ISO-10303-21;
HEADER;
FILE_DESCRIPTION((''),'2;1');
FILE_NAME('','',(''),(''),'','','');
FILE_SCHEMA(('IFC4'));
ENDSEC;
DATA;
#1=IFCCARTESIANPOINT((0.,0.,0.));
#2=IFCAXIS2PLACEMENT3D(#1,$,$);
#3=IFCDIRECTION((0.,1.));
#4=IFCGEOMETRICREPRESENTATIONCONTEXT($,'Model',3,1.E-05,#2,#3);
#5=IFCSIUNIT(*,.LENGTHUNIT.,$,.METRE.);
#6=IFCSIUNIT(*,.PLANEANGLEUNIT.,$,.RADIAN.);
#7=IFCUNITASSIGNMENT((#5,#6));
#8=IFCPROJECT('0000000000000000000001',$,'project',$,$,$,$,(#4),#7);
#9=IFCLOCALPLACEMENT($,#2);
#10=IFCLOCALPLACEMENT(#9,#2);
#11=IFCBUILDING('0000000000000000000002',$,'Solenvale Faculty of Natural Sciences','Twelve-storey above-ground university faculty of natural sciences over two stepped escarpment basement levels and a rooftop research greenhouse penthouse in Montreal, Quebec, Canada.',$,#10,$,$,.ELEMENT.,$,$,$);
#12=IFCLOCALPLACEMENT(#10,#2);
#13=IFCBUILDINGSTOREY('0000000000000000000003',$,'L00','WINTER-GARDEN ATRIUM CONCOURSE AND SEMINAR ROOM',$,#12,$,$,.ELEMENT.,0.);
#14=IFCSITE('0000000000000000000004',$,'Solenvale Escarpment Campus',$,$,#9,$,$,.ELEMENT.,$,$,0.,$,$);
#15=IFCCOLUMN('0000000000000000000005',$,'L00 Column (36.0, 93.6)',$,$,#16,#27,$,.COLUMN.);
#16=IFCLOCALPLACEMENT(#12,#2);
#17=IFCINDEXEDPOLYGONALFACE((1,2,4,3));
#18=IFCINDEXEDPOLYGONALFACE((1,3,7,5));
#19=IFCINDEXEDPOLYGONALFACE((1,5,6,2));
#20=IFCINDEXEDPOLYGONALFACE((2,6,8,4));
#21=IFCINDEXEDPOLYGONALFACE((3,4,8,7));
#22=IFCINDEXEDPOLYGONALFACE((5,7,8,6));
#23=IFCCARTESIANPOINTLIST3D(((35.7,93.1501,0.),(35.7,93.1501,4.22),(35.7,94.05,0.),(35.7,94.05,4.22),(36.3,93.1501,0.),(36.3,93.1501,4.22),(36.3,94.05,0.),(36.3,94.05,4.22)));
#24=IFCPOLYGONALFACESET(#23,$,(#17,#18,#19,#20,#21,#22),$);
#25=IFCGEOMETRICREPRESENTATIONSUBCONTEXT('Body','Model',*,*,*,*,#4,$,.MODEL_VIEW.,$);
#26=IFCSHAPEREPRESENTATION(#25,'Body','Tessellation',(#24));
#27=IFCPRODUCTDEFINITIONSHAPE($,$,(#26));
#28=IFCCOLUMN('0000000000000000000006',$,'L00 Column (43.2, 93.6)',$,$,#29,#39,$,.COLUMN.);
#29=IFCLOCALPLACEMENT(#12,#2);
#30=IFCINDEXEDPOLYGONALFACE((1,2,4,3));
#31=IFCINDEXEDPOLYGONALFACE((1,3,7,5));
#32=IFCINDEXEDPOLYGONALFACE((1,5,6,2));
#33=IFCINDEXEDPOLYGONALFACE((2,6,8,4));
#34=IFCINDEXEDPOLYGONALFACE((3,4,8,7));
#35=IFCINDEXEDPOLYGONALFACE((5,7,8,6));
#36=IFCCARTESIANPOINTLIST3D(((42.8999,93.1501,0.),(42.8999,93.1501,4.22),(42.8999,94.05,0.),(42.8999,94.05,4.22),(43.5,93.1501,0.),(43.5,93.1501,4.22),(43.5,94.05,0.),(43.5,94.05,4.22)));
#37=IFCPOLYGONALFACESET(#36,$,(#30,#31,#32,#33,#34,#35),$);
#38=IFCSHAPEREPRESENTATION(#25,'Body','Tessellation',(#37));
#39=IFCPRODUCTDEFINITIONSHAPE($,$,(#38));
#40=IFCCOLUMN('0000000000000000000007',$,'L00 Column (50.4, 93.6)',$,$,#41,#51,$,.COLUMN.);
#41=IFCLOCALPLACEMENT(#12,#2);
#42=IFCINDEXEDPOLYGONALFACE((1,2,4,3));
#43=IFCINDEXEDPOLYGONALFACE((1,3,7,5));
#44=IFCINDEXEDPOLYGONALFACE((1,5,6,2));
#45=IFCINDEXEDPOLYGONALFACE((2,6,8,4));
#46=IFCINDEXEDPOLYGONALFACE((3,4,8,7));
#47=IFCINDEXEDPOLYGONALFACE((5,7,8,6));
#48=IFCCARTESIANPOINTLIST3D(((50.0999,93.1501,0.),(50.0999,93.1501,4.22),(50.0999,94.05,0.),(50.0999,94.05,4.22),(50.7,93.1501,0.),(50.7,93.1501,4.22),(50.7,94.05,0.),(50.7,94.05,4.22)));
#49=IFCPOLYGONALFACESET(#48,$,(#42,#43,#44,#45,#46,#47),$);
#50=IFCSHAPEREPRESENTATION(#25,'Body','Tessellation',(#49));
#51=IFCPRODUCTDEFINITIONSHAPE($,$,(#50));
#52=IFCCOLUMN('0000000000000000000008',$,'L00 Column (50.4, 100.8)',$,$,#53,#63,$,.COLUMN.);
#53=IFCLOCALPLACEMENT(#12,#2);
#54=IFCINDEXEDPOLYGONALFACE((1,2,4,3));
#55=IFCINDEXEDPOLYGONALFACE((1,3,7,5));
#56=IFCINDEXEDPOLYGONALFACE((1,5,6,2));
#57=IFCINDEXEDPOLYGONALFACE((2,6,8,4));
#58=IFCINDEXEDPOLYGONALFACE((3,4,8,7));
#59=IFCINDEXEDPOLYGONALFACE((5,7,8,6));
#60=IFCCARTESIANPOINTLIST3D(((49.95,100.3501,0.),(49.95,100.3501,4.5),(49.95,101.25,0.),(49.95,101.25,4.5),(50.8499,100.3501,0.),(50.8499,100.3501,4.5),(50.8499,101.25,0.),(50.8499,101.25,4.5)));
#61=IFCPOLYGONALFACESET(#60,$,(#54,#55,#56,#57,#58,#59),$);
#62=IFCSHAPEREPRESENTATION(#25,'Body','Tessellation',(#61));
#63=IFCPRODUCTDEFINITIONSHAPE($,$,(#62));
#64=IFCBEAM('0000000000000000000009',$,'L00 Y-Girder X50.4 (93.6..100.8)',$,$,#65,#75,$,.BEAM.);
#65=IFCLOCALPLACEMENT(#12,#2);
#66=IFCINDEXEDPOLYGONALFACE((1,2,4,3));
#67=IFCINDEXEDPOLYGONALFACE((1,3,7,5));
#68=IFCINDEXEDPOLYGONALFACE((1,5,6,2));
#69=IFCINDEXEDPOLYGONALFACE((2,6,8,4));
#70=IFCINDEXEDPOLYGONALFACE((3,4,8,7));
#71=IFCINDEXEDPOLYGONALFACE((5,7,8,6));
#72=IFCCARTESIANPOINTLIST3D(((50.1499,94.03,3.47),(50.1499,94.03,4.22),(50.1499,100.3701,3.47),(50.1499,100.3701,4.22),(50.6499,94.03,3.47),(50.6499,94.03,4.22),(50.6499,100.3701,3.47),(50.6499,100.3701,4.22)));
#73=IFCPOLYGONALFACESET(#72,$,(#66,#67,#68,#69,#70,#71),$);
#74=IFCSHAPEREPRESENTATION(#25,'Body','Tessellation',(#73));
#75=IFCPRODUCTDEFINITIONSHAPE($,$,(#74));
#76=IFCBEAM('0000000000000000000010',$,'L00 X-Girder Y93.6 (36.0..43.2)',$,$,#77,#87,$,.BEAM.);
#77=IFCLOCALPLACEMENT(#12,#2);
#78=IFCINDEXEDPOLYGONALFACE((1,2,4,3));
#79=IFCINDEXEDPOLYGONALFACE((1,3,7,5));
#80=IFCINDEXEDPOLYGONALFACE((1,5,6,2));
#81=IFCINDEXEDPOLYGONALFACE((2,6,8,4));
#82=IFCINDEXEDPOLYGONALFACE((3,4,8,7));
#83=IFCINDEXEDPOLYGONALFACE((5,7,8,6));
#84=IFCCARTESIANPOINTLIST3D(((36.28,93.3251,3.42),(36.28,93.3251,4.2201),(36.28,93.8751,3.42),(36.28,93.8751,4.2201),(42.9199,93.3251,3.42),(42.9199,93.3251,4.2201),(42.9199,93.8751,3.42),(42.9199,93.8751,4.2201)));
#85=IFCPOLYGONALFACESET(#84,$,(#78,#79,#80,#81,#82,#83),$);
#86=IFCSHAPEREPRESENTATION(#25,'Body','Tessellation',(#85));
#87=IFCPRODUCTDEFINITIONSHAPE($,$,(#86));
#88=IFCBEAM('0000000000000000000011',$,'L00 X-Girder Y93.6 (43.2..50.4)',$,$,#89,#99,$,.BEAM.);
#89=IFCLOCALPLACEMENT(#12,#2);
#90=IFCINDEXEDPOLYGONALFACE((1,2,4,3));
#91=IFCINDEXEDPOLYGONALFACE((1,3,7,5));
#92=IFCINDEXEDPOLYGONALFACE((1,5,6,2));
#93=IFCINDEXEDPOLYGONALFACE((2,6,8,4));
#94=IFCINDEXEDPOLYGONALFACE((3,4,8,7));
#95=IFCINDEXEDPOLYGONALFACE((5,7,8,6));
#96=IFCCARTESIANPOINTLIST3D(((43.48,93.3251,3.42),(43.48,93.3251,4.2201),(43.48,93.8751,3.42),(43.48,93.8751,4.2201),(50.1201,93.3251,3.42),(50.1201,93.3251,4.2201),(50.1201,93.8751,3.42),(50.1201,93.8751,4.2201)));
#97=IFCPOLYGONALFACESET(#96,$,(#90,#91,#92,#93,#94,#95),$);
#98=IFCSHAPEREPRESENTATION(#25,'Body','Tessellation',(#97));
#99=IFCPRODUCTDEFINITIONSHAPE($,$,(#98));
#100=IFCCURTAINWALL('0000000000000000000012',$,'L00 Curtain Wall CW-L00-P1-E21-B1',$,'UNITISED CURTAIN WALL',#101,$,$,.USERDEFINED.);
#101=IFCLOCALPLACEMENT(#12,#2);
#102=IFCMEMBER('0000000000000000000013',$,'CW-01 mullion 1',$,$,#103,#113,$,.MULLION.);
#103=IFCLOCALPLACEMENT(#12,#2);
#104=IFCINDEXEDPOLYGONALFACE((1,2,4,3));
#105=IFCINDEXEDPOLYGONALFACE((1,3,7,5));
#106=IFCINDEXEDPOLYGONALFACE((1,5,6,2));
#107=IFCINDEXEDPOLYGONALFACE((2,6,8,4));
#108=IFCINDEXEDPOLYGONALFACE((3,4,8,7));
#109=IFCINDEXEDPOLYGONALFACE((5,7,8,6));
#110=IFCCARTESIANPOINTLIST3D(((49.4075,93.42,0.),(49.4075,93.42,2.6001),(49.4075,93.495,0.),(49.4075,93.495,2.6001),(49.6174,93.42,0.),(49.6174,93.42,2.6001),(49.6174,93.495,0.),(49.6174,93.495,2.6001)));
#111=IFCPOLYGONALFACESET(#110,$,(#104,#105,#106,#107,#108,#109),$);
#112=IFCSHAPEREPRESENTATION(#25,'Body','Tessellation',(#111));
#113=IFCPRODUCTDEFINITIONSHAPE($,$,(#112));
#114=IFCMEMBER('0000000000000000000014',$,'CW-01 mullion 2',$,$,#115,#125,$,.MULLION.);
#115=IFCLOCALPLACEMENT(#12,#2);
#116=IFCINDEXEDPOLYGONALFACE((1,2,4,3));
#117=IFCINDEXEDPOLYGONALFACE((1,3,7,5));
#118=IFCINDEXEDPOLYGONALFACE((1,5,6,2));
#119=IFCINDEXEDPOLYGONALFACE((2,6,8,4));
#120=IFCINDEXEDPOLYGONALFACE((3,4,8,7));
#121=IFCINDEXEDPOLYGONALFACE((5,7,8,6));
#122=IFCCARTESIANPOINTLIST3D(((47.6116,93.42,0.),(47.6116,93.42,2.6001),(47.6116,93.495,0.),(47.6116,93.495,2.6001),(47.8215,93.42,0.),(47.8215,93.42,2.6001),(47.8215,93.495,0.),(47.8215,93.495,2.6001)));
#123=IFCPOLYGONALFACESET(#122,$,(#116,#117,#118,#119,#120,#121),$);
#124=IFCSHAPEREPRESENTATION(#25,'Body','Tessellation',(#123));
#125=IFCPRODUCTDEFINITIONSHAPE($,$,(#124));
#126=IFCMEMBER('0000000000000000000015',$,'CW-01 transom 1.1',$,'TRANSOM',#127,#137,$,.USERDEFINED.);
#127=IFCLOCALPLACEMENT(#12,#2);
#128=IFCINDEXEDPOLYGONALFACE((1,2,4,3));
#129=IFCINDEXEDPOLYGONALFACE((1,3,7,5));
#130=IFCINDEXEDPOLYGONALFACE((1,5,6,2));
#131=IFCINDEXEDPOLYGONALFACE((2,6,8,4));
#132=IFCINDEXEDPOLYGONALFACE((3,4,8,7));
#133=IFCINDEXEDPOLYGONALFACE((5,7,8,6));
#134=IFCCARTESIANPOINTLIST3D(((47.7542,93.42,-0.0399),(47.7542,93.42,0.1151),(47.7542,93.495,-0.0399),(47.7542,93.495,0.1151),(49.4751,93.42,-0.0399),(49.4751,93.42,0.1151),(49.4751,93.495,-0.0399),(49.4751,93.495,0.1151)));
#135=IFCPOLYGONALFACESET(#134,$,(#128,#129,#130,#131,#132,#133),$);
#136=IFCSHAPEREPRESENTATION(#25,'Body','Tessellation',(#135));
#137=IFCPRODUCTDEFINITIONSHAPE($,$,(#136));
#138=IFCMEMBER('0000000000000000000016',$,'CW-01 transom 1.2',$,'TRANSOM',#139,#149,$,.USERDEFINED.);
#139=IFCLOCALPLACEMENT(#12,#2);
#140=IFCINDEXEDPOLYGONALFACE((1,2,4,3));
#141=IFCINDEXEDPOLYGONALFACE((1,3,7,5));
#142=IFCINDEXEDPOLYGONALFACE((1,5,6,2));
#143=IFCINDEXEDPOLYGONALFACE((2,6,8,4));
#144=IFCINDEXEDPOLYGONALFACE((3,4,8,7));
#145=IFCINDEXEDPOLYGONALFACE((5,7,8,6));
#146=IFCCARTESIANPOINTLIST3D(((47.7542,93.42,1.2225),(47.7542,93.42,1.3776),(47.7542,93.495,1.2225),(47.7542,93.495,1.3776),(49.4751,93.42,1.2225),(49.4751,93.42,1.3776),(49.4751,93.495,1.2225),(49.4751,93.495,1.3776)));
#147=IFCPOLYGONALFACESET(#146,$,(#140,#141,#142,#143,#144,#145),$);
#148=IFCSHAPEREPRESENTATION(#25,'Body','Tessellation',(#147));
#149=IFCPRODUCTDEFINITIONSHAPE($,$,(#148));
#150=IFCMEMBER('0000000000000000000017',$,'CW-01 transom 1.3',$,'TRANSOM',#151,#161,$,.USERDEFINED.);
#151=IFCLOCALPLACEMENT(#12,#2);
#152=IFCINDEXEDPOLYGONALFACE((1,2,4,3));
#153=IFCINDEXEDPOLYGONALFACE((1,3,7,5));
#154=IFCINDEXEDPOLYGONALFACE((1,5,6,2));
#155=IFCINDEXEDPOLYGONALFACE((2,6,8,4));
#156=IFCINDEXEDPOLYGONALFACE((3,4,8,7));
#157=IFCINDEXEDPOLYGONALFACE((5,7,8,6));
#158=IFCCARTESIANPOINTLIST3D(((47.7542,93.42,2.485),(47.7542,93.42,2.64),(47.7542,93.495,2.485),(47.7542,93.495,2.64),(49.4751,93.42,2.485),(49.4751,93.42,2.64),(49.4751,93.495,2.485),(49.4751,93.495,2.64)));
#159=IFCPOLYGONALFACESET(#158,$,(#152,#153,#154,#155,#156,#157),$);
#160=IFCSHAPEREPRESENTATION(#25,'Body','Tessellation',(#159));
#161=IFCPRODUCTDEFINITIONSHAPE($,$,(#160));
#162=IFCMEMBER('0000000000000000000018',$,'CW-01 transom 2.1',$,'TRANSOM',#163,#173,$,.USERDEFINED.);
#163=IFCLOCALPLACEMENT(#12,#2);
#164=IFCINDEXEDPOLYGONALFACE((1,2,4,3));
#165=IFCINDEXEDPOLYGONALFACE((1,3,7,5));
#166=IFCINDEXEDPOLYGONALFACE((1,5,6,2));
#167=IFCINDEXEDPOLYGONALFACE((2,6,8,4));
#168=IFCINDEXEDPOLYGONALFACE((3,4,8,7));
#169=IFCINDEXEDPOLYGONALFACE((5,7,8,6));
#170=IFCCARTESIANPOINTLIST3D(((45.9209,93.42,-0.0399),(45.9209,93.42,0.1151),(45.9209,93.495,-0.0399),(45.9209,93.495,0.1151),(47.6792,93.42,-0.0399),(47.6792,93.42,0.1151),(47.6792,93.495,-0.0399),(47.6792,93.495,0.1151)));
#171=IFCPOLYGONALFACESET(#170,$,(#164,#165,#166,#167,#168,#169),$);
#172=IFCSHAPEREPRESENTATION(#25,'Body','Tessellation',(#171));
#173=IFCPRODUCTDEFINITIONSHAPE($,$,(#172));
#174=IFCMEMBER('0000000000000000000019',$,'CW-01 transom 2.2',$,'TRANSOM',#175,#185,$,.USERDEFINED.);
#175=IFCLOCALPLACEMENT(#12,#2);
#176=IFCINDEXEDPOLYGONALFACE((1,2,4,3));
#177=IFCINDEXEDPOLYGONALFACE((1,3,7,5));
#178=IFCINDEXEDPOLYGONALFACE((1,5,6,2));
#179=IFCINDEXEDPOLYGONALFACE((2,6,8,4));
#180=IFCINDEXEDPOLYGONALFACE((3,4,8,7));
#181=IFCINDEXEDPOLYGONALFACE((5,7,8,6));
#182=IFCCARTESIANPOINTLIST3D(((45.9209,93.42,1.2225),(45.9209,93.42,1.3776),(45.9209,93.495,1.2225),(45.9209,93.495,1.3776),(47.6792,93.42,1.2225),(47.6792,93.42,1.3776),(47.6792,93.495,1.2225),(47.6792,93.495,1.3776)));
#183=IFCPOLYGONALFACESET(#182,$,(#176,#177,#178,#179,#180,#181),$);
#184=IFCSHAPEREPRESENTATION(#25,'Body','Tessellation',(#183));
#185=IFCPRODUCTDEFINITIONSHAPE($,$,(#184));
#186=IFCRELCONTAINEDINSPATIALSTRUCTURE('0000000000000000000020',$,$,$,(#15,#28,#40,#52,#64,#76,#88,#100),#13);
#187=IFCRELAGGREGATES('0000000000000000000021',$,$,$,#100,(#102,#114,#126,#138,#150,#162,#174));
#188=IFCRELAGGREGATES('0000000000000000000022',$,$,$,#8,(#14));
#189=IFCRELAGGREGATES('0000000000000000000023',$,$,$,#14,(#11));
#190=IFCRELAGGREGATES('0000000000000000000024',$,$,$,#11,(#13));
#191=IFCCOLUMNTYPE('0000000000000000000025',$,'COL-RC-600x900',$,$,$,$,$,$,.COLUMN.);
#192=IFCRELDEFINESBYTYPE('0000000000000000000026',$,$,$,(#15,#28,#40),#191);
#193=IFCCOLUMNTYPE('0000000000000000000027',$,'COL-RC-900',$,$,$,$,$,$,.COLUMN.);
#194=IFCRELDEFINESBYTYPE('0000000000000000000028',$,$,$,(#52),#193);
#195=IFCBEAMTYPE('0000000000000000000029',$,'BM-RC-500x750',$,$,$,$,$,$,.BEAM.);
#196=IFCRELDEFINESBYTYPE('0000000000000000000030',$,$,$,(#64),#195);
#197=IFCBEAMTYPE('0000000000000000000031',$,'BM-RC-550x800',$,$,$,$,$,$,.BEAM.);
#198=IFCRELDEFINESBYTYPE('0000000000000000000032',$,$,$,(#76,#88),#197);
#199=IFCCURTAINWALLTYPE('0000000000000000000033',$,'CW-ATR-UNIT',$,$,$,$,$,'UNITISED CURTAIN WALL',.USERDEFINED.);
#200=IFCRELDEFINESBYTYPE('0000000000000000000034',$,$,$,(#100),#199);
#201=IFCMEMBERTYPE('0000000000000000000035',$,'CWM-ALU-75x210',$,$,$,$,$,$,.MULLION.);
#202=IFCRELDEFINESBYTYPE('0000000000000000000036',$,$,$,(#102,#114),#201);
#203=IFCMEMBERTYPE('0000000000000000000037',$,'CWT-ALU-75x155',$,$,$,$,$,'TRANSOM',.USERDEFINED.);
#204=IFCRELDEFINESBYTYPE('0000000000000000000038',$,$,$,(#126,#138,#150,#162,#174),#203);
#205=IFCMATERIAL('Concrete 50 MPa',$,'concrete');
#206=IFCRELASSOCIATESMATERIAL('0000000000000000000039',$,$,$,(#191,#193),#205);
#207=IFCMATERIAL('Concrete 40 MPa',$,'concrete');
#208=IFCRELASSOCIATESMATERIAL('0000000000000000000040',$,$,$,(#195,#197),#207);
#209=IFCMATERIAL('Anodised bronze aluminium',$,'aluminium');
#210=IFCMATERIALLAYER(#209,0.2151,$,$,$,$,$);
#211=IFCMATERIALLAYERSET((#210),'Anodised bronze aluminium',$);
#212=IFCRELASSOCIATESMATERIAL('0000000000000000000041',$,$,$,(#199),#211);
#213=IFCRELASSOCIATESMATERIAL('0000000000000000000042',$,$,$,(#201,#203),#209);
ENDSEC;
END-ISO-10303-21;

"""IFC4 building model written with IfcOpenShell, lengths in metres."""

from ifc_helpers import new_model, si_unit, direction, frame, origin, origin_2d, place, context, subcontext, project, spatial, rectangle, extrude, material, layer, layer_set, material_profile, profile_set, type_object, element, aggregate, save


model = new_model("IFC4")

# Units and contexts
model_context = context("Model", 3, precision=1e-05, world=origin(), true_north=direction((0.0, 1.0)))
body_context = subcontext(model_context, "Body", "Model", "MODEL_VIEW")
ifc_project = project(units=[si_unit("LENGTHUNIT", "METRE"), si_unit("PLANEANGLEUNIT", "RADIAN")], contexts=[model_context])

# Site, building, storey
site_placement = place(None, origin())
site = spatial("IfcSite", under=ifc_project, at=site_placement, Name="Solenvale Escarpment Campus", CompositionType="ELEMENT", RefElevation=0.0)
building_placement = place(site_placement, origin())
building = spatial("IfcBuilding", under=site, at=building_placement, Name="Solenvale Faculty of Natural Sciences", Description="Twelve-storey above-ground university faculty of natural sciences over two stepped escarpment basement levels and a rooftop research greenhouse penthouse in Montreal, Quebec, Canada.", CompositionType="ELEMENT")
storey_placement = place(building_placement, origin())
storey = spatial("IfcBuildingStorey", under=building, at=storey_placement, Name="L00", Description="WINTER-GARDEN ATRIUM CONCOURSE AND SEMINAR ROOM", CompositionType="ELEMENT", Elevation=0.0)

# Columns
ifc_material_1 = material(Name="Concrete 50 MPa", Category="concrete")
ifc_material_profile_1 = material_profile(ifc_material_1, rectangle(XDim=0.6001, YDim=0.8999, at=origin_2d()), Name="RC-COL-600x900")
ifc_profile_set_1 = profile_set([ifc_material_profile_1], Name="Concrete 50 MPa")
column_type_1 = type_object("IfcColumnType", Name="COL-RC-600x900", PredefinedType="COLUMN", material=ifc_profile_set_1)
for number, where, z_axis, x_axis, name in (
    (1, (36.0, 93.6001, 0.0), (0.0, 0.0, 1.0), (1.0, 0.0, 0.0), "L00 Column (36.0, 93.6)"),
    (2, (43.2, 93.6001, 0.0), (0.0, 0.0, 1.0), (1.0, 0.0, 0.0), "L00 Column (43.2, 93.6)"),
    (3, (50.3999, 93.6001, 0.0), (0.0, 0.0, 1.0), (1.0, 0.0, 0.0), "L00 Column (50.4, 93.6)"),
):
    element("IfcColumn", number, at=place(storey_placement, frame(where, z_axis=z_axis, x_axis=x_axis)), inside=storey, type_object=column_type_1, Name=name, PredefinedType="COLUMN", context=body_context, shape_type="SweptSolid", body=[
        extrude(rectangle(XDim=0.6001, YDim=0.8999, at=origin_2d()), origin(), (0.0, 0.0, 1.0), 4.22),
    ])
ifc_material_profile_2 = material_profile(ifc_material_1, rectangle(XDim=0.8999, YDim=0.8999, at=origin_2d()), Name="RC-COL-900x900")
ifc_profile_set_2 = profile_set([ifc_material_profile_2], Name="Concrete 50 MPa")
column_type_2 = type_object("IfcColumnType", Name="COL-RC-900", PredefinedType="COLUMN", material=ifc_profile_set_2)
column_placement = place(storey_placement, frame((50.3999, 100.8, 0.0), z_axis=(0.0, 0.0, 1.0), x_axis=(1.0, 0.0, 0.0)))
element("IfcColumn", 4, at=column_placement, inside=storey, type_object=column_type_2, Name="L00 Column (50.4, 100.8)", PredefinedType="COLUMN", context=body_context, shape_type="SweptSolid", body=[
    extrude(rectangle(XDim=0.8999, YDim=0.8999, at=origin_2d()), origin(), (0.0, 0.0, 1.0), 4.5),
])

# Beams
ifc_material_2 = material(Name="Concrete 40 MPa", Category="concrete")
ifc_material_profile_3 = material_profile(ifc_material_2, rectangle(XDim=0.5, YDim=0.75, at=origin_2d()), Name="RC-BM-500x750")
ifc_profile_set_3 = profile_set([ifc_material_profile_3], Name="Concrete 40 MPa")
beam_type_1 = type_object("IfcBeamType", Name="BM-RC-500x750", PredefinedType="BEAM", material=ifc_profile_set_3)
beam_1_placement = place(storey_placement, frame((50.3999, 94.03, 3.845), z_axis=(0.0, 1.0, 0.0), x_axis=(-1.0, 0.0, 0.0)))
element("IfcBeam", 5, at=beam_1_placement, inside=storey, type_object=beam_type_1, Name="L00 Y-Girder X50.4 (93.6..100.8)", PredefinedType="BEAM", context=body_context, shape_type="SweptSolid", body=[
    extrude(rectangle(XDim=0.5, YDim=0.75, at=origin_2d()), origin(), (0.0, 0.0, 1.0), 6.3401),
])
ifc_material_profile_4 = material_profile(ifc_material_2, rectangle(XDim=0.55, YDim=0.8, at=origin_2d()), Name="RC-BM-550x800")
ifc_profile_set_4 = profile_set([ifc_material_profile_4], Name="Concrete 40 MPa")
beam_type_2 = type_object("IfcBeamType", Name="BM-RC-550x800", PredefinedType="BEAM", material=ifc_profile_set_4)
beam_2_placement = place(storey_placement, frame((36.28, 93.6001, 3.8201), z_axis=(1.0, 0.0, 0.0), x_axis=(0.0, 1.0, 0.0)))
element("IfcBeam", 6, at=beam_2_placement, inside=storey, type_object=beam_type_2, Name="L00 X-Girder Y93.6 (36.0..43.2)", PredefinedType="BEAM", context=body_context, shape_type="SweptSolid", body=[
    extrude(rectangle(XDim=0.55, YDim=0.8, at=origin_2d()), origin(), (0.0, 0.0, 1.0), 6.6399),
])
beam_3_placement = place(storey_placement, frame((43.48, 93.6001, 3.8201), z_axis=(1.0, 0.0, 0.0), x_axis=(0.0, 1.0, 0.0)))
element("IfcBeam", 7, at=beam_3_placement, inside=storey, type_object=beam_type_2, Name="L00 X-Girder Y93.6 (43.2..50.4)", PredefinedType="BEAM", context=body_context, shape_type="SweptSolid", body=[
    extrude(rectangle(XDim=0.55, YDim=0.8, at=origin_2d()), origin(), (0.0, 0.0, 1.0), 6.6401),
])

# Curtain wall, members
ifc_material_3 = material(Name="Anodised bronze aluminium", Category="aluminium")
ifc_layer_1 = layer(ifc_material_3, 0.2151)
ifc_layer_set_1 = layer_set([ifc_layer_1], Name="Anodised bronze aluminium")
curtain_wall_type = type_object("IfcCurtainWallType", Name="CW-ATR-UNIT", ElementType="UNITISED CURTAIN WALL", PredefinedType="USERDEFINED", material=ifc_layer_set_1)
curtain_wall_placement = place(storey_placement, origin())
curtain_wall = element("IfcCurtainWall", 8, at=curtain_wall_placement, inside=storey, type_object=curtain_wall_type, Name="L00 Curtain Wall CW-L00-P1-E21-B1", ObjectType="UNITISED CURTAIN WALL", PredefinedType="USERDEFINED")
ifc_material_profile_5 = material_profile(ifc_material_3, rectangle(XDim=0.075, YDim=0.21, at=origin_2d()), Name="ALU-MUL-75x210")
ifc_profile_set_5 = profile_set([ifc_material_profile_5], Name="Anodised bronze aluminium")
member_type_1 = type_object("IfcMemberType", Name="CWM-ALU-75x210", PredefinedType="MULLION", material=ifc_profile_set_5)
member_1_placement = place(storey_placement, frame((49.5125, 93.4575, 0.0), z_axis=(0.0, 0.0, 1.0), x_axis=(0.0, -1.0, 0.0)))
member_1 = element("IfcMember", 9, at=member_1_placement, type_object=member_type_1, Name="CW-01 mullion 1", PredefinedType="MULLION", context=body_context, shape_type="SweptSolid", body=[
    extrude(rectangle(XDim=0.075, YDim=0.21, at=origin_2d()), origin(), (0.0, 0.0, 1.0), 2.6001),
])
member_2_placement = place(storey_placement, frame((47.7166, 93.4575, 0.0), z_axis=(0.0, 0.0, 1.0), x_axis=(0.0, -1.0, 0.0)))
member_2 = element("IfcMember", 10, at=member_2_placement, type_object=member_type_1, Name="CW-01 mullion 2", PredefinedType="MULLION", context=body_context, shape_type="SweptSolid", body=[
    extrude(rectangle(XDim=0.075, YDim=0.21, at=origin_2d()), origin(), (0.0, 0.0, 1.0), 2.6001),
])
ifc_material_profile_6 = material_profile(ifc_material_3, rectangle(XDim=0.075, YDim=0.155, at=origin_2d()), Name="ALU-TRN-75x155")
ifc_profile_set_6 = profile_set([ifc_material_profile_6], Name="Anodised bronze aluminium")
member_type_2 = type_object("IfcMemberType", Name="CWT-ALU-75x155", ElementType="TRANSOM", PredefinedType="USERDEFINED", material=ifc_profile_set_6)
member_3_placement = place(storey_placement, frame((49.4751, 93.4575, 0.0376), z_axis=(-1.0, 0.0, 0.0), x_axis=(0.0, -1.0, 0.0)))
member_3 = element("IfcMember", 11, at=member_3_placement, type_object=member_type_2, Name="CW-01 transom 1.1", ObjectType="TRANSOM", PredefinedType="USERDEFINED", context=body_context, shape_type="SweptSolid", body=[
    extrude(rectangle(XDim=0.075, YDim=0.155, at=origin_2d()), origin(), (0.0, 0.0, 1.0), 1.7209),
])
member_4_placement = place(storey_placement, frame((49.4751, 93.4575, 1.3), z_axis=(-1.0, 0.0, 0.0), x_axis=(0.0, -1.0, 0.0)))
member_4 = element("IfcMember", 12, at=member_4_placement, type_object=member_type_2, Name="CW-01 transom 1.2", ObjectType="TRANSOM", PredefinedType="USERDEFINED", context=body_context, shape_type="SweptSolid", body=[
    extrude(rectangle(XDim=0.075, YDim=0.155, at=origin_2d()), origin(), (0.0, 0.0, 1.0), 1.7209),
])
member_5_placement = place(storey_placement, frame((49.4751, 93.4575, 2.5625), z_axis=(-1.0, 0.0, 0.0), x_axis=(0.0, -1.0, 0.0)))
member_5 = element("IfcMember", 13, at=member_5_placement, type_object=member_type_2, Name="CW-01 transom 1.3", ObjectType="TRANSOM", PredefinedType="USERDEFINED", context=body_context, shape_type="SweptSolid", body=[
    extrude(rectangle(XDim=0.075, YDim=0.155, at=origin_2d()), origin(), (0.0, 0.0, 1.0), 1.7209),
])
member_6_placement = place(storey_placement, frame((47.6792, 93.4575, 0.0376), z_axis=(-1.0, 0.0, 0.0), x_axis=(0.0, -1.0, 0.0)))
member_6 = element("IfcMember", 14, at=member_6_placement, type_object=member_type_2, Name="CW-01 transom 2.1", ObjectType="TRANSOM", PredefinedType="USERDEFINED", context=body_context, shape_type="SweptSolid", body=[
    extrude(rectangle(XDim=0.075, YDim=0.155, at=origin_2d()), origin(), (0.0, 0.0, 1.0), 1.7583),
])
member_7_placement = place(storey_placement, frame((47.6792, 93.4575, 1.3), z_axis=(-1.0, 0.0, 0.0), x_axis=(0.0, -1.0, 0.0)))
member_7 = element("IfcMember", 15, at=member_7_placement, type_object=member_type_2, Name="CW-01 transom 2.2", ObjectType="TRANSOM", PredefinedType="USERDEFINED", context=body_context, shape_type="SweptSolid", body=[
    extrude(rectangle(XDim=0.075, YDim=0.155, at=origin_2d()), origin(), (0.0, 0.0, 1.0), 1.7583),
])
aggregate(curtain_wall, [member_1, member_2, member_3, member_4, member_5, member_6, member_7])

save(model, "model.ifc")
